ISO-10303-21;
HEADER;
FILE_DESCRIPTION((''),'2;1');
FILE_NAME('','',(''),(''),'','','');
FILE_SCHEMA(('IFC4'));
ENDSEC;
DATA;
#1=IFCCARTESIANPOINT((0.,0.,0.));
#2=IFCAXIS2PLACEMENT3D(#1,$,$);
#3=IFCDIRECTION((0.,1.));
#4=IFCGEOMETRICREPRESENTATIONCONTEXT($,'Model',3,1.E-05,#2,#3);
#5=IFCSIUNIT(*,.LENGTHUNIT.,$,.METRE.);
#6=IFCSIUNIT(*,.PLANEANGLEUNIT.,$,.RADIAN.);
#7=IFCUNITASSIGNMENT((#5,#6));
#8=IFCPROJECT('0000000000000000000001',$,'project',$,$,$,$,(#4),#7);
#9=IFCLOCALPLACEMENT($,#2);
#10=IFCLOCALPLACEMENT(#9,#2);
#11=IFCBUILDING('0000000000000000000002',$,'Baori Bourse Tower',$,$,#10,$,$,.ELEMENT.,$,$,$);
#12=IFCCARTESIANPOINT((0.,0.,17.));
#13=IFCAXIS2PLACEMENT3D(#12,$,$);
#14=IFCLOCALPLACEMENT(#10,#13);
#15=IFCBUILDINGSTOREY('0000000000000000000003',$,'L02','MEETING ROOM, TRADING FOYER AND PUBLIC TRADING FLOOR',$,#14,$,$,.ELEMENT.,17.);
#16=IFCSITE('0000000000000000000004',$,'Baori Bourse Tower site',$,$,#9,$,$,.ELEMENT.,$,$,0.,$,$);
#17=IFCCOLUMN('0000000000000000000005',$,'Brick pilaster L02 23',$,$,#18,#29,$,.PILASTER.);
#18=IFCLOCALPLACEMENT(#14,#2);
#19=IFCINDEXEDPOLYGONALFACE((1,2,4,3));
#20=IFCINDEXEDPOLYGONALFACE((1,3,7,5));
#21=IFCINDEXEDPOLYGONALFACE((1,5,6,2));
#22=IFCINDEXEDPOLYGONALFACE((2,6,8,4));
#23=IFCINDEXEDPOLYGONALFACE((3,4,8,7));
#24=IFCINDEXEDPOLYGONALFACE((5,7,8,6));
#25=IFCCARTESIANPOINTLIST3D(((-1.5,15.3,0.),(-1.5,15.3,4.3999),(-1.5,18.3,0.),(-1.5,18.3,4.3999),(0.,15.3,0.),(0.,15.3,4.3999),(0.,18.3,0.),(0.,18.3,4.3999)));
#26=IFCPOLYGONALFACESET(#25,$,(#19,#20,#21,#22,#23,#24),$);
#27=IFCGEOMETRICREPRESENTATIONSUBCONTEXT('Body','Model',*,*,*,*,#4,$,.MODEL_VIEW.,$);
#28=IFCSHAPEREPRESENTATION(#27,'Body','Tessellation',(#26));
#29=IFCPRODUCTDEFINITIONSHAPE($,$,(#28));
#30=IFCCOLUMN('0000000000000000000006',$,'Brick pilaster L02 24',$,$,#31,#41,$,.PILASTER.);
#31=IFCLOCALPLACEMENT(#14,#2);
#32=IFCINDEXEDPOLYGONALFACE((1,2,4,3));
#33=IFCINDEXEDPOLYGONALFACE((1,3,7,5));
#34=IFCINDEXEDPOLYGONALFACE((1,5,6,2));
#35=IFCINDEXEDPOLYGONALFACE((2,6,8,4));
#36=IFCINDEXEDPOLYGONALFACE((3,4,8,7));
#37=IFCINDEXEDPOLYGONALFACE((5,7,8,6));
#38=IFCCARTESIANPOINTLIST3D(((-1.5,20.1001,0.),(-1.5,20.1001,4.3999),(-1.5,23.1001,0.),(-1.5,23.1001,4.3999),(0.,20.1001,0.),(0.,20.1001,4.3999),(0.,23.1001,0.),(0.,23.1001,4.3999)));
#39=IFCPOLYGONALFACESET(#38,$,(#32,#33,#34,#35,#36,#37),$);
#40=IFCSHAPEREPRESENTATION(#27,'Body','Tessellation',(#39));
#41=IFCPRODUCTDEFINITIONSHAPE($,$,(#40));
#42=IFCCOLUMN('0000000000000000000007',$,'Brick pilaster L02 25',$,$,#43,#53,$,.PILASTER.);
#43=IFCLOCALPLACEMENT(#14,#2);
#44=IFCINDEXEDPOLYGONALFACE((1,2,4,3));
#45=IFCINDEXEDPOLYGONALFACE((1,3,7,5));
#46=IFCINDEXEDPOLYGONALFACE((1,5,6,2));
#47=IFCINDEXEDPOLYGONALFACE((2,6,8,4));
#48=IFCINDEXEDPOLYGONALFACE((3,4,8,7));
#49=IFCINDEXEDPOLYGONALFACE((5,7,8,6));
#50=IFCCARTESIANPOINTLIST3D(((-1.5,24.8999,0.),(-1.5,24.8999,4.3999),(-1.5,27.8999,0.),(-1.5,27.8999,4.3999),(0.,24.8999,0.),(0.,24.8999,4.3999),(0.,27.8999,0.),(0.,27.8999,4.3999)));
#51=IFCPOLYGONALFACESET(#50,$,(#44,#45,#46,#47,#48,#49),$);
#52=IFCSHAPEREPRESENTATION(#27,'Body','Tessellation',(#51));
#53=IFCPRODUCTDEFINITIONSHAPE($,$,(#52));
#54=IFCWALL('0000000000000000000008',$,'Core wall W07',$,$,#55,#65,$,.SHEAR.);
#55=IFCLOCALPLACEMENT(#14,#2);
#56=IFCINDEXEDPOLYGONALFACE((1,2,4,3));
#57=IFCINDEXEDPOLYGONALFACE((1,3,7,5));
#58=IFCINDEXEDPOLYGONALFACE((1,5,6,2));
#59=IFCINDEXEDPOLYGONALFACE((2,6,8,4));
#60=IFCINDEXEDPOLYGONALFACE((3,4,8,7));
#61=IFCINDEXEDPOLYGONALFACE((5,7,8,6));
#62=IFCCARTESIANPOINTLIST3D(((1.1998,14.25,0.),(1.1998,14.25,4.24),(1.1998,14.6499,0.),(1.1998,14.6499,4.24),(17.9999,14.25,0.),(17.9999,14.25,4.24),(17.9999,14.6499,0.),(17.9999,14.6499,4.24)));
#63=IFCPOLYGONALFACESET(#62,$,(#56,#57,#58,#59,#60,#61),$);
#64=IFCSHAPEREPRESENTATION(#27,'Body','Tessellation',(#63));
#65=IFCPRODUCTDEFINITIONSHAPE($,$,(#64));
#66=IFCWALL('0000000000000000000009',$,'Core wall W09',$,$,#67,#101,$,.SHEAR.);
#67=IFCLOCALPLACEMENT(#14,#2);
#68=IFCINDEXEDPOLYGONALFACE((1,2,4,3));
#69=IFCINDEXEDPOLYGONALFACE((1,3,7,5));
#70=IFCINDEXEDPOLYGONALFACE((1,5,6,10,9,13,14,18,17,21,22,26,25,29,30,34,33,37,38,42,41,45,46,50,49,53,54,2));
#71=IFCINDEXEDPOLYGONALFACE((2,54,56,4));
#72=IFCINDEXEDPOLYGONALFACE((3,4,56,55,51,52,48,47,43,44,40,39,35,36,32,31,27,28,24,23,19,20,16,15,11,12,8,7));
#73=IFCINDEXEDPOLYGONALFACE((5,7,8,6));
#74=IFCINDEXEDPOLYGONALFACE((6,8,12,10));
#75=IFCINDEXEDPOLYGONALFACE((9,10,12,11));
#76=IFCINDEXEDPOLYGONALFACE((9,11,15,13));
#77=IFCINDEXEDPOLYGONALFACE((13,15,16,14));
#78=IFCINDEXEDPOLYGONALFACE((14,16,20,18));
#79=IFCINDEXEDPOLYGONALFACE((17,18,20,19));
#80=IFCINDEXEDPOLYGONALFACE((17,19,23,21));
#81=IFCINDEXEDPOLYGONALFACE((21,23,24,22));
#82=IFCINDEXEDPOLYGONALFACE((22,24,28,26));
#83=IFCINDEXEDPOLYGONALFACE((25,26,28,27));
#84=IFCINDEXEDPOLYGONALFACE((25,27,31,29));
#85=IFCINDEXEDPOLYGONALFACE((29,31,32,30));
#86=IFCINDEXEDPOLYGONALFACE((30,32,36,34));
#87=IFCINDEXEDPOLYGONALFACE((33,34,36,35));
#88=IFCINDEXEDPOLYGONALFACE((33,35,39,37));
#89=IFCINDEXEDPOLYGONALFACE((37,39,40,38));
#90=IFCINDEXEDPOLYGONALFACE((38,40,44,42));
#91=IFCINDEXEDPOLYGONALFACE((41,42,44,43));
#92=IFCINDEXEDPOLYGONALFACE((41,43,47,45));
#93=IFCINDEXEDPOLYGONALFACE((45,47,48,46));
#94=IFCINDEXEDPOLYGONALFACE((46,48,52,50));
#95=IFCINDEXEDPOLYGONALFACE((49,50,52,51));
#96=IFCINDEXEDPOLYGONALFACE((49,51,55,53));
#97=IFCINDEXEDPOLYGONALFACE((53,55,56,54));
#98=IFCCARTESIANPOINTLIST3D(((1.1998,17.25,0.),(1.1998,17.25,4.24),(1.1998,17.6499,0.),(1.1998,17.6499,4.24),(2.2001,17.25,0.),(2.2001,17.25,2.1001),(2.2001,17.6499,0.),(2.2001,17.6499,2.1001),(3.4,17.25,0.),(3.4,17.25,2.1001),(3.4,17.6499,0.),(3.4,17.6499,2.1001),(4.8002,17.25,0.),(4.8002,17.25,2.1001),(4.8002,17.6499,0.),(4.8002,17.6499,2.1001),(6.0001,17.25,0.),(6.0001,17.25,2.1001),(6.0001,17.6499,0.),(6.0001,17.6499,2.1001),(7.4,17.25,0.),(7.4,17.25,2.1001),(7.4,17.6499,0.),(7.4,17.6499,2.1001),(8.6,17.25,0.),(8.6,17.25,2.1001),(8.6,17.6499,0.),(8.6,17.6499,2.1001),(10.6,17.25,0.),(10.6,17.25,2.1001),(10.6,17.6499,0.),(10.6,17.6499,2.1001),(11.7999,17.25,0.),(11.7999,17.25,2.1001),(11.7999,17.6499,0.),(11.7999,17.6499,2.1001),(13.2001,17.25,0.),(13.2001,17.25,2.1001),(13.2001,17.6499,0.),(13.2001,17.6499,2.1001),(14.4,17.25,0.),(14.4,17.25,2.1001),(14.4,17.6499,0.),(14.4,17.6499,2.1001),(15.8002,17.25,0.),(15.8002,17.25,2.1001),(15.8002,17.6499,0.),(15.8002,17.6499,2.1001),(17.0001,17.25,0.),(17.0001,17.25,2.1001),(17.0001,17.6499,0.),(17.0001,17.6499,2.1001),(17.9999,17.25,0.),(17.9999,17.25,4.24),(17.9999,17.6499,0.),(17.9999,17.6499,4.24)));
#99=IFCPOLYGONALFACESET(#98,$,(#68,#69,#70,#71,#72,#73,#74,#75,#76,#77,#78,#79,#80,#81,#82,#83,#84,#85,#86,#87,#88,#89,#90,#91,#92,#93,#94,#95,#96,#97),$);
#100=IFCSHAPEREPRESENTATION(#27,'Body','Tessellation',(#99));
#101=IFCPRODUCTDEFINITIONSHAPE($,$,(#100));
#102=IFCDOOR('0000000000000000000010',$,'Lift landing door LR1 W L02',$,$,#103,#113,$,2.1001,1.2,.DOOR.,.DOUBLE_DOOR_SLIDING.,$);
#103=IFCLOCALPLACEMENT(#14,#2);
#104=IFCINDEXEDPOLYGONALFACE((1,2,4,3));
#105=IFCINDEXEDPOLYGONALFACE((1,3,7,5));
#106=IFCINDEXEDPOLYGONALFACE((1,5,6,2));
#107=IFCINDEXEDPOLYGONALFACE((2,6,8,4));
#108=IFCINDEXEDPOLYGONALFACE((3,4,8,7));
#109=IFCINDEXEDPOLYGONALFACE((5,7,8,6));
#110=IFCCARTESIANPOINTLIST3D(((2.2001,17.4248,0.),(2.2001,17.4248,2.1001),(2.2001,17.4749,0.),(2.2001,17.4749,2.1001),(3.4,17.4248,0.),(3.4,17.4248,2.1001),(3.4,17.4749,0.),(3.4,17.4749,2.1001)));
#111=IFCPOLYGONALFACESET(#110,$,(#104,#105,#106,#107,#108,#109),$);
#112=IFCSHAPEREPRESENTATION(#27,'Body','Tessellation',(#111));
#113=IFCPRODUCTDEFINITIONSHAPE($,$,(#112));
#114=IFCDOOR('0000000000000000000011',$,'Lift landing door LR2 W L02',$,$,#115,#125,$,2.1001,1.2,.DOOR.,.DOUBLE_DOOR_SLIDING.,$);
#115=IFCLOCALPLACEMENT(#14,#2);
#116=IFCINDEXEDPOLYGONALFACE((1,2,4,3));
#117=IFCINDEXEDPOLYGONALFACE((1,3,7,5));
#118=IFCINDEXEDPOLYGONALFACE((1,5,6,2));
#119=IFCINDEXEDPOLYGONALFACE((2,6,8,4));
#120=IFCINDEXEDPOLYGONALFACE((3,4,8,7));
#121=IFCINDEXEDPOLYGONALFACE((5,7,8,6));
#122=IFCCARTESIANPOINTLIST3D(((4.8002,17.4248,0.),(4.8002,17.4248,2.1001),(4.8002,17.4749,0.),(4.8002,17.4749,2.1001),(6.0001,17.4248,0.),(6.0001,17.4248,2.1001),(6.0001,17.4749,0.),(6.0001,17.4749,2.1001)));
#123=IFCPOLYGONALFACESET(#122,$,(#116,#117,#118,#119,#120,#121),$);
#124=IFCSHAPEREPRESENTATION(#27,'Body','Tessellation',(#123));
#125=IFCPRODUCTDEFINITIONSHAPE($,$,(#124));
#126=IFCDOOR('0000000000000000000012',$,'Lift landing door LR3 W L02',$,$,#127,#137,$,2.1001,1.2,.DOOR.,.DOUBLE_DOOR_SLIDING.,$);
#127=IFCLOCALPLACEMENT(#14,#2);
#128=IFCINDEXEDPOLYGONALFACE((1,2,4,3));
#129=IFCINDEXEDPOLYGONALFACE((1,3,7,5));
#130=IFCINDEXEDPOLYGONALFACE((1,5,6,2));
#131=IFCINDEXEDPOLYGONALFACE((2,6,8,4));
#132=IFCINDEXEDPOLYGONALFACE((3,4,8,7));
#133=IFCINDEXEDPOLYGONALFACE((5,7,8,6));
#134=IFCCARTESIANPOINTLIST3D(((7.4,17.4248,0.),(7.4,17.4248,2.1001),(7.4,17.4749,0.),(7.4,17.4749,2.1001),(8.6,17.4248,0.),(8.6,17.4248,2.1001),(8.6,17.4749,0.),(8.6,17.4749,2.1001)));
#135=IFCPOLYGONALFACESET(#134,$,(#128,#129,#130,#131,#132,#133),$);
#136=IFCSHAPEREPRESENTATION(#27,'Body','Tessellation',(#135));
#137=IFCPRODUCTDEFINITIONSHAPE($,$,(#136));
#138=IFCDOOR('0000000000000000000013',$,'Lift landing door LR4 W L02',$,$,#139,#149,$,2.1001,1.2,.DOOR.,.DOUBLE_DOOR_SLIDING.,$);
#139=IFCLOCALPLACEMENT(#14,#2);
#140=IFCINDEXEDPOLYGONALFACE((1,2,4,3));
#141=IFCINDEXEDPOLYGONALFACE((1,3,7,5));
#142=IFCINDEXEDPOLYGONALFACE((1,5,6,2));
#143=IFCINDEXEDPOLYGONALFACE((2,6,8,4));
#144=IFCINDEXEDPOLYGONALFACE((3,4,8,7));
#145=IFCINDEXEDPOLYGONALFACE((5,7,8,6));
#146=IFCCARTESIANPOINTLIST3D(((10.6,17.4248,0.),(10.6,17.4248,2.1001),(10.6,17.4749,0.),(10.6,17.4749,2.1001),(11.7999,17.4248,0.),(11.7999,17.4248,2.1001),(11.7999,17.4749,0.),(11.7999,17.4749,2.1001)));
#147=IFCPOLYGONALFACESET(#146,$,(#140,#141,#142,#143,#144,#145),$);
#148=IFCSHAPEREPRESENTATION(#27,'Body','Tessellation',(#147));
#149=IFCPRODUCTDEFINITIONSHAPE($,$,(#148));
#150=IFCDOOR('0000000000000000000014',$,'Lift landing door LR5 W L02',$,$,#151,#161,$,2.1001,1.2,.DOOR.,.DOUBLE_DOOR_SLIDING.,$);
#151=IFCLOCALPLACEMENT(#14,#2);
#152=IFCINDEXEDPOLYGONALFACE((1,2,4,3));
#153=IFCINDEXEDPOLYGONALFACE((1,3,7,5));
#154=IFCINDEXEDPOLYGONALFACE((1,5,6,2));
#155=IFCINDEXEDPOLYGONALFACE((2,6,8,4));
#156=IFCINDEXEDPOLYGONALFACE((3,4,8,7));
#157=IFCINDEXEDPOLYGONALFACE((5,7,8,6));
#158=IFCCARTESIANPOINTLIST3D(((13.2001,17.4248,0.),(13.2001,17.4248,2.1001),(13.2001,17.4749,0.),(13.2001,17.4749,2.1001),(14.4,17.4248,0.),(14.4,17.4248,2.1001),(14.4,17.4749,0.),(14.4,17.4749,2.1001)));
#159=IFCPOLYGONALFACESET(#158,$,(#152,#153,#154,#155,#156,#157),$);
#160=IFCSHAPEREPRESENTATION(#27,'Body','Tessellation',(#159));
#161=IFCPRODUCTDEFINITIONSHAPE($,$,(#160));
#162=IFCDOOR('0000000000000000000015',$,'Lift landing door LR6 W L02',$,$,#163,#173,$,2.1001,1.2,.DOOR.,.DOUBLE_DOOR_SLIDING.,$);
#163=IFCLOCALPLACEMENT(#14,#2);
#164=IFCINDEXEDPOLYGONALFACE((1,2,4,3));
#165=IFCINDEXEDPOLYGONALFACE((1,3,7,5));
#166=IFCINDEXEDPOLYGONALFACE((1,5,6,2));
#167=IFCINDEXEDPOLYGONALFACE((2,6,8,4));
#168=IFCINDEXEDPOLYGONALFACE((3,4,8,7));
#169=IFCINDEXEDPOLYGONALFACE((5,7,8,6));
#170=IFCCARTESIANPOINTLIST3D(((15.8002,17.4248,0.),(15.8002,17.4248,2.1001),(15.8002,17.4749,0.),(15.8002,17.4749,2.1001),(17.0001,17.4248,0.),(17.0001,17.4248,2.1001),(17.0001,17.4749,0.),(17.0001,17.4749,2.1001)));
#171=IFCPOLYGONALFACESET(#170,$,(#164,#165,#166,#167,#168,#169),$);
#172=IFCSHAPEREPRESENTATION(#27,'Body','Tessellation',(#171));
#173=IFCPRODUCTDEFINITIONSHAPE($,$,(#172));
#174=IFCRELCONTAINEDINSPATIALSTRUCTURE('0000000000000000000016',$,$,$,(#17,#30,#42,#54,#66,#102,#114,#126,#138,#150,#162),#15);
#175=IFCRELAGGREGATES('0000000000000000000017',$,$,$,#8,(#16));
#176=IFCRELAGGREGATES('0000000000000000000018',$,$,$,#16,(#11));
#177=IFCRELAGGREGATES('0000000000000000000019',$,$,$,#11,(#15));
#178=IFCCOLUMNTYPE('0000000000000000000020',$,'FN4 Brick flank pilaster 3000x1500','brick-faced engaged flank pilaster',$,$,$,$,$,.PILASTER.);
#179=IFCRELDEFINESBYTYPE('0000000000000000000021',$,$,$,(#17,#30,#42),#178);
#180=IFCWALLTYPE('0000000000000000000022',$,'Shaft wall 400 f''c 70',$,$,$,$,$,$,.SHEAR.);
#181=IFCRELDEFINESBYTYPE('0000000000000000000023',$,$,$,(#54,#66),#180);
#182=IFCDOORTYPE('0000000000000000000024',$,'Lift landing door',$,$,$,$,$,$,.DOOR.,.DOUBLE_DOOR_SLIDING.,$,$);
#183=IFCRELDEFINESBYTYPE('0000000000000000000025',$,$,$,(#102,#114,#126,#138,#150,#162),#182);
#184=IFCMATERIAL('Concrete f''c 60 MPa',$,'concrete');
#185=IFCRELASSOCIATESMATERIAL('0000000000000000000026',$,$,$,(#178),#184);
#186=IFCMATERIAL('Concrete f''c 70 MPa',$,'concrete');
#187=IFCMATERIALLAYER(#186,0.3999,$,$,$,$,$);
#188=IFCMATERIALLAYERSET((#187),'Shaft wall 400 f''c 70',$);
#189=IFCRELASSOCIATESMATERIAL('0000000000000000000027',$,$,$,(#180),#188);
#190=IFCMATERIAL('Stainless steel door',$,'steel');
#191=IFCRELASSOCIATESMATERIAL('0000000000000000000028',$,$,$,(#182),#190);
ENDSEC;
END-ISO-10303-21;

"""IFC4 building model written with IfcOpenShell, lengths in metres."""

from ifc_helpers import new_model, si_unit, direction, frame, frame_2d, origin, origin_2d, place, context, subcontext, project, spatial, rectangle, extrude, material, layer, layer_set, material_profile, profile_set, type_object, element, fill, save


model = new_model("IFC4")

# Units and contexts
model_context = context("Model", 3, precision=1e-05, world=origin(), true_north=direction((0.0, 1.0)))
body_context = subcontext(model_context, "Body", "Model", "MODEL_VIEW")
ifc_project = project(units=[si_unit("LENGTHUNIT", "METRE"), si_unit("PLANEANGLEUNIT", "RADIAN")], contexts=[model_context])

# Site, building, storey
site_placement = place(None, origin())
site = spatial("IfcSite", under=ifc_project, at=site_placement, Name="Baori Bourse Tower site", CompositionType="ELEMENT", RefElevation=0.0)
building_placement = place(site_placement, origin())
building = spatial("IfcBuilding", under=site, at=building_placement, Name="Baori Bourse Tower", CompositionType="ELEMENT")
storey_placement = place(building_placement, frame((0.0, 0.0, 17.0)))
storey = spatial("IfcBuildingStorey", under=building, at=storey_placement, Name="L02", Description="MEETING ROOM, TRADING FOYER AND PUBLIC TRADING FLOOR", CompositionType="ELEMENT", Elevation=17.0)

# Columns
ifc_material_1 = material(Name="Concrete f'c 60 MPa", Category="concrete")
ifc_material_profile = material_profile(ifc_material_1, rectangle(XDim=3.0, YDim=1.5, at=origin_2d()), Name="RC 3000x1500")
ifc_profile_set = profile_set([ifc_material_profile], Name="Concrete f'c 60 MPa")
column_type = type_object("IfcColumnType", Name="FN4 Brick flank pilaster 3000x1500", Description="brick-faced engaged flank pilaster", PredefinedType="PILASTER", material=ifc_profile_set)
for number, where, z_axis, x_axis, name in (
    (1, (-0.75, 16.8, 0.0), (0.0, 0.0, 1.0), (0.0, 1.0, 0.0), "Brick pilaster L02 23"),
    (2, (-0.75, 21.6001, 0.0), (0.0, 0.0, 1.0), (0.0, 1.0, 0.0), "Brick pilaster L02 24"),
    (3, (-0.75, 26.3999, 0.0), (0.0, 0.0, 1.0), (0.0, 1.0, 0.0), "Brick pilaster L02 25"),
):
    element("IfcColumn", number, at=place(storey_placement, frame(where, z_axis=z_axis, x_axis=x_axis)), inside=storey, type_object=column_type, Name=name, PredefinedType="PILASTER", context=body_context, shape_type="SweptSolid", body=[
        extrude(rectangle(XDim=3.0, YDim=1.5, at=origin_2d()), origin(), (0.0, 0.0, 1.0), 4.3999),
    ])

# Wall
ifc_material_2 = material(Name="Concrete f'c 70 MPa", Category="concrete")
ifc_layer_1 = layer(ifc_material_2, 0.3999)
ifc_layer_set_1 = layer_set([ifc_layer_1], Name="Shaft wall 400 f'c 70")
wall_type_1 = type_object("IfcWallType", Name="Shaft wall 400 f'c 70", PredefinedType="SHEAR", material=ifc_layer_set_1)
wall_1_placement = place(storey_placement, frame((1.2, 14.45, 0.0), z_axis=(0.0, 0.0, 1.0), x_axis=(1.0, 0.0, 0.0)))
element("IfcWall", 4, at=wall_1_placement, inside=storey, type_object=wall_type_1, Name="Core wall W07", PredefinedType="SHEAR", context=body_context, shape_type="SweptSolid", body=[
    extrude(rectangle(XDim=16.8, YDim=0.3999, at=frame_2d((8.3999, 0.0))), origin(), (0.0, 0.0, 1.0), 4.24),
])

# Wall, openings, doors
wall_2_placement = place(storey_placement, frame((1.2, 17.45, 0.0), z_axis=(0.0, 0.0, 1.0), x_axis=(1.0, 0.0, 0.0)))
wall_2 = element("IfcWall", 5, at=wall_2_placement, inside=storey, type_object=wall_type_1, Name="Core wall W09", PredefinedType="SHEAR", context=body_context, shape_type="SweptSolid", body=[
    extrude(rectangle(XDim=16.8, YDim=0.3999, at=frame_2d((8.3999, 0.0))), origin(), (0.0, 0.0, 1.0), 4.24),
])
opening_1_placement = place(wall_2_placement, frame((1.0, 0.0, 0.0)))
opening_1 = element("IfcOpeningElement", 6, at=opening_1_placement, cuts=wall_2, PredefinedType="OPENING", context=body_context, shape_type="SweptSolid", body=[
    extrude(rectangle(XDim=1.2, YDim=2.1001, at=frame_2d((0.6001, 1.05))), frame((0.0, 0.21, 0.0), z_axis=(0.0, -1.0, 0.0), x_axis=(1.0, 0.0, 0.0)), (0.0, 0.0, 1.0), 0.4199),
])
opening_2_placement = place(wall_2_placement, frame((3.6001, 0.0, 0.0)))
opening_2 = element("IfcOpeningElement", 7, at=opening_2_placement, cuts=wall_2, PredefinedType="OPENING", context=body_context, shape_type="SweptSolid", body=[
    extrude(rectangle(XDim=1.2, YDim=2.1001, at=frame_2d((0.6001, 1.05))), frame((0.0, 0.21, 0.0), z_axis=(0.0, -1.0, 0.0), x_axis=(1.0, 0.0, 0.0)), (0.0, 0.0, 1.0), 0.4199),
])
opening_3_placement = place(wall_2_placement, frame((6.2, 0.0, 0.0)))
opening_3 = element("IfcOpeningElement", 8, at=opening_3_placement, cuts=wall_2, PredefinedType="OPENING", context=body_context, shape_type="SweptSolid", body=[
    extrude(rectangle(XDim=1.2, YDim=2.1001, at=frame_2d((0.6001, 1.05))), frame((0.0, 0.21, 0.0), z_axis=(0.0, -1.0, 0.0), x_axis=(1.0, 0.0, 0.0)), (0.0, 0.0, 1.0), 0.4199),
])
opening_4_placement = place(wall_2_placement, frame((9.3999, 0.0, 0.0)))
opening_4 = element("IfcOpeningElement", 9, at=opening_4_placement, cuts=wall_2, PredefinedType="OPENING", context=body_context, shape_type="SweptSolid", body=[
    extrude(rectangle(XDim=1.2, YDim=2.1001, at=frame_2d((0.6001, 1.05))), frame((0.0, 0.21, 0.0), z_axis=(0.0, -1.0, 0.0), x_axis=(1.0, 0.0, 0.0)), (0.0, 0.0, 1.0), 0.4199),
])
opening_5_placement = place(wall_2_placement, frame((12.0, 0.0, 0.0)))
opening_5 = element("IfcOpeningElement", 10, at=opening_5_placement, cuts=wall_2, PredefinedType="OPENING", context=body_context, shape_type="SweptSolid", body=[
    extrude(rectangle(XDim=1.2, YDim=2.1001, at=frame_2d((0.6001, 1.05))), frame((0.0, 0.21, 0.0), z_axis=(0.0, -1.0, 0.0), x_axis=(1.0, 0.0, 0.0)), (0.0, 0.0, 1.0), 0.4199),
])
opening_6_placement = place(wall_2_placement, frame((14.6001, 0.0, 0.0)))
opening_6 = element("IfcOpeningElement", 11, at=opening_6_placement, cuts=wall_2, PredefinedType="OPENING", context=body_context, shape_type="SweptSolid", body=[
    extrude(rectangle(XDim=1.2, YDim=2.1001, at=frame_2d((0.6001, 1.05))), frame((0.0, 0.21, 0.0), z_axis=(0.0, -1.0, 0.0), x_axis=(1.0, 0.0, 0.0)), (0.0, 0.0, 1.0), 0.4199),
])
ifc_material_3 = material(Name="Stainless steel door", Category="steel")
door_type_1 = type_object("IfcDoorType", Name="Lift landing door", OperationType="DOUBLE_DOOR_SLIDING", PredefinedType="DOOR", material=ifc_material_3)
door_1_placement = place(opening_1_placement, origin())
door_1 = element("IfcDoor", 12, at=door_1_placement, inside=storey, type_object=door_type_1, Name="Lift landing door LR1 W L02", OperationType="DOUBLE_DOOR_SLIDING", OverallHeight=2.1001, OverallWidth=1.2, PredefinedType="DOOR", context=body_context, shape_type="SweptSolid", body=[
    extrude(rectangle(XDim=1.2, YDim=2.1001, at=frame_2d((0.6001, 1.05))), frame((0.0, 0.0249, 0.0), z_axis=(0.0, -1.0, 0.0), x_axis=(1.0, 0.0, 0.0)), (0.0, 0.0, 1.0), 0.05),
])
fill(opening_1, door_1)
door_2_placement = place(opening_2_placement, origin())
door_2 = element("IfcDoor", 13, at=door_2_placement, inside=storey, type_object=door_type_1, Name="Lift landing door LR2 W L02", OperationType="DOUBLE_DOOR_SLIDING", OverallHeight=2.1001, OverallWidth=1.2, PredefinedType="DOOR", context=body_context, shape_type="SweptSolid", body=[
    extrude(rectangle(XDim=1.2, YDim=2.1001, at=frame_2d((0.6001, 1.05))), frame((0.0, 0.0249, 0.0), z_axis=(0.0, -1.0, 0.0), x_axis=(1.0, 0.0, 0.0)), (0.0, 0.0, 1.0), 0.05),
])
fill(opening_2, door_2)
door_3_placement = place(opening_3_placement, origin())
door_3 = element("IfcDoor", 14, at=door_3_placement, inside=storey, type_object=door_type_1, Name="Lift landing door LR3 W L02", OperationType="DOUBLE_DOOR_SLIDING", OverallHeight=2.1001, OverallWidth=1.2, PredefinedType="DOOR", context=body_context, shape_type="SweptSolid", body=[
    extrude(rectangle(XDim=1.2, YDim=2.1001, at=frame_2d((0.6001, 1.05))), frame((0.0, 0.0249, 0.0), z_axis=(0.0, -1.0, 0.0), x_axis=(1.0, 0.0, 0.0)), (0.0, 0.0, 1.0), 0.05),
])
fill(opening_3, door_3)
door_4_placement = place(opening_4_placement, origin())
door_4 = element("IfcDoor", 15, at=door_4_placement, inside=storey, type_object=door_type_1, Name="Lift landing door LR4 W L02", OperationType="DOUBLE_DOOR_SLIDING", OverallHeight=2.1001, OverallWidth=1.2, PredefinedType="DOOR", context=body_context, shape_type="SweptSolid", body=[
    extrude(rectangle(XDim=1.2, YDim=2.1001, at=frame_2d((0.6001, 1.05))), frame((0.0, 0.0249, 0.0), z_axis=(0.0, -1.0, 0.0), x_axis=(1.0, 0.0, 0.0)), (0.0, 0.0, 1.0), 0.05),
])
fill(opening_4, door_4)
door_5_placement = place(opening_5_placement, origin())
door_5 = element("IfcDoor", 16, at=door_5_placement, inside=storey, type_object=door_type_1, Name="Lift landing door LR5 W L02", OperationType="DOUBLE_DOOR_SLIDING", OverallHeight=2.1001, OverallWidth=1.2, PredefinedType="DOOR", context=body_context, shape_type="SweptSolid", body=[
    extrude(rectangle(XDim=1.2, YDim=2.1001, at=frame_2d((0.6001, 1.05))), frame((0.0, 0.0249, 0.0), z_axis=(0.0, -1.0, 0.0), x_axis=(1.0, 0.0, 0.0)), (0.0, 0.0, 1.0), 0.05),
])
fill(opening_5, door_5)
door_6_placement = place(opening_6_placement, origin())
door_6 = element("IfcDoor", 17, at=door_6_placement, inside=storey, type_object=door_type_1, Name="Lift landing door LR6 W L02", OperationType="DOUBLE_DOOR_SLIDING", OverallHeight=2.1001, OverallWidth=1.2, PredefinedType="DOOR", context=body_context, shape_type="SweptSolid", body=[
    extrude(rectangle(XDim=1.2, YDim=2.1001, at=frame_2d((0.6001, 1.05))), frame((0.0, 0.0249, 0.0), z_axis=(0.0, -1.0, 0.0), x_axis=(1.0, 0.0, 0.0)), (0.0, 0.0, 1.0), 0.05),
])
fill(opening_6, door_6)

save(model, "model.ifc")
